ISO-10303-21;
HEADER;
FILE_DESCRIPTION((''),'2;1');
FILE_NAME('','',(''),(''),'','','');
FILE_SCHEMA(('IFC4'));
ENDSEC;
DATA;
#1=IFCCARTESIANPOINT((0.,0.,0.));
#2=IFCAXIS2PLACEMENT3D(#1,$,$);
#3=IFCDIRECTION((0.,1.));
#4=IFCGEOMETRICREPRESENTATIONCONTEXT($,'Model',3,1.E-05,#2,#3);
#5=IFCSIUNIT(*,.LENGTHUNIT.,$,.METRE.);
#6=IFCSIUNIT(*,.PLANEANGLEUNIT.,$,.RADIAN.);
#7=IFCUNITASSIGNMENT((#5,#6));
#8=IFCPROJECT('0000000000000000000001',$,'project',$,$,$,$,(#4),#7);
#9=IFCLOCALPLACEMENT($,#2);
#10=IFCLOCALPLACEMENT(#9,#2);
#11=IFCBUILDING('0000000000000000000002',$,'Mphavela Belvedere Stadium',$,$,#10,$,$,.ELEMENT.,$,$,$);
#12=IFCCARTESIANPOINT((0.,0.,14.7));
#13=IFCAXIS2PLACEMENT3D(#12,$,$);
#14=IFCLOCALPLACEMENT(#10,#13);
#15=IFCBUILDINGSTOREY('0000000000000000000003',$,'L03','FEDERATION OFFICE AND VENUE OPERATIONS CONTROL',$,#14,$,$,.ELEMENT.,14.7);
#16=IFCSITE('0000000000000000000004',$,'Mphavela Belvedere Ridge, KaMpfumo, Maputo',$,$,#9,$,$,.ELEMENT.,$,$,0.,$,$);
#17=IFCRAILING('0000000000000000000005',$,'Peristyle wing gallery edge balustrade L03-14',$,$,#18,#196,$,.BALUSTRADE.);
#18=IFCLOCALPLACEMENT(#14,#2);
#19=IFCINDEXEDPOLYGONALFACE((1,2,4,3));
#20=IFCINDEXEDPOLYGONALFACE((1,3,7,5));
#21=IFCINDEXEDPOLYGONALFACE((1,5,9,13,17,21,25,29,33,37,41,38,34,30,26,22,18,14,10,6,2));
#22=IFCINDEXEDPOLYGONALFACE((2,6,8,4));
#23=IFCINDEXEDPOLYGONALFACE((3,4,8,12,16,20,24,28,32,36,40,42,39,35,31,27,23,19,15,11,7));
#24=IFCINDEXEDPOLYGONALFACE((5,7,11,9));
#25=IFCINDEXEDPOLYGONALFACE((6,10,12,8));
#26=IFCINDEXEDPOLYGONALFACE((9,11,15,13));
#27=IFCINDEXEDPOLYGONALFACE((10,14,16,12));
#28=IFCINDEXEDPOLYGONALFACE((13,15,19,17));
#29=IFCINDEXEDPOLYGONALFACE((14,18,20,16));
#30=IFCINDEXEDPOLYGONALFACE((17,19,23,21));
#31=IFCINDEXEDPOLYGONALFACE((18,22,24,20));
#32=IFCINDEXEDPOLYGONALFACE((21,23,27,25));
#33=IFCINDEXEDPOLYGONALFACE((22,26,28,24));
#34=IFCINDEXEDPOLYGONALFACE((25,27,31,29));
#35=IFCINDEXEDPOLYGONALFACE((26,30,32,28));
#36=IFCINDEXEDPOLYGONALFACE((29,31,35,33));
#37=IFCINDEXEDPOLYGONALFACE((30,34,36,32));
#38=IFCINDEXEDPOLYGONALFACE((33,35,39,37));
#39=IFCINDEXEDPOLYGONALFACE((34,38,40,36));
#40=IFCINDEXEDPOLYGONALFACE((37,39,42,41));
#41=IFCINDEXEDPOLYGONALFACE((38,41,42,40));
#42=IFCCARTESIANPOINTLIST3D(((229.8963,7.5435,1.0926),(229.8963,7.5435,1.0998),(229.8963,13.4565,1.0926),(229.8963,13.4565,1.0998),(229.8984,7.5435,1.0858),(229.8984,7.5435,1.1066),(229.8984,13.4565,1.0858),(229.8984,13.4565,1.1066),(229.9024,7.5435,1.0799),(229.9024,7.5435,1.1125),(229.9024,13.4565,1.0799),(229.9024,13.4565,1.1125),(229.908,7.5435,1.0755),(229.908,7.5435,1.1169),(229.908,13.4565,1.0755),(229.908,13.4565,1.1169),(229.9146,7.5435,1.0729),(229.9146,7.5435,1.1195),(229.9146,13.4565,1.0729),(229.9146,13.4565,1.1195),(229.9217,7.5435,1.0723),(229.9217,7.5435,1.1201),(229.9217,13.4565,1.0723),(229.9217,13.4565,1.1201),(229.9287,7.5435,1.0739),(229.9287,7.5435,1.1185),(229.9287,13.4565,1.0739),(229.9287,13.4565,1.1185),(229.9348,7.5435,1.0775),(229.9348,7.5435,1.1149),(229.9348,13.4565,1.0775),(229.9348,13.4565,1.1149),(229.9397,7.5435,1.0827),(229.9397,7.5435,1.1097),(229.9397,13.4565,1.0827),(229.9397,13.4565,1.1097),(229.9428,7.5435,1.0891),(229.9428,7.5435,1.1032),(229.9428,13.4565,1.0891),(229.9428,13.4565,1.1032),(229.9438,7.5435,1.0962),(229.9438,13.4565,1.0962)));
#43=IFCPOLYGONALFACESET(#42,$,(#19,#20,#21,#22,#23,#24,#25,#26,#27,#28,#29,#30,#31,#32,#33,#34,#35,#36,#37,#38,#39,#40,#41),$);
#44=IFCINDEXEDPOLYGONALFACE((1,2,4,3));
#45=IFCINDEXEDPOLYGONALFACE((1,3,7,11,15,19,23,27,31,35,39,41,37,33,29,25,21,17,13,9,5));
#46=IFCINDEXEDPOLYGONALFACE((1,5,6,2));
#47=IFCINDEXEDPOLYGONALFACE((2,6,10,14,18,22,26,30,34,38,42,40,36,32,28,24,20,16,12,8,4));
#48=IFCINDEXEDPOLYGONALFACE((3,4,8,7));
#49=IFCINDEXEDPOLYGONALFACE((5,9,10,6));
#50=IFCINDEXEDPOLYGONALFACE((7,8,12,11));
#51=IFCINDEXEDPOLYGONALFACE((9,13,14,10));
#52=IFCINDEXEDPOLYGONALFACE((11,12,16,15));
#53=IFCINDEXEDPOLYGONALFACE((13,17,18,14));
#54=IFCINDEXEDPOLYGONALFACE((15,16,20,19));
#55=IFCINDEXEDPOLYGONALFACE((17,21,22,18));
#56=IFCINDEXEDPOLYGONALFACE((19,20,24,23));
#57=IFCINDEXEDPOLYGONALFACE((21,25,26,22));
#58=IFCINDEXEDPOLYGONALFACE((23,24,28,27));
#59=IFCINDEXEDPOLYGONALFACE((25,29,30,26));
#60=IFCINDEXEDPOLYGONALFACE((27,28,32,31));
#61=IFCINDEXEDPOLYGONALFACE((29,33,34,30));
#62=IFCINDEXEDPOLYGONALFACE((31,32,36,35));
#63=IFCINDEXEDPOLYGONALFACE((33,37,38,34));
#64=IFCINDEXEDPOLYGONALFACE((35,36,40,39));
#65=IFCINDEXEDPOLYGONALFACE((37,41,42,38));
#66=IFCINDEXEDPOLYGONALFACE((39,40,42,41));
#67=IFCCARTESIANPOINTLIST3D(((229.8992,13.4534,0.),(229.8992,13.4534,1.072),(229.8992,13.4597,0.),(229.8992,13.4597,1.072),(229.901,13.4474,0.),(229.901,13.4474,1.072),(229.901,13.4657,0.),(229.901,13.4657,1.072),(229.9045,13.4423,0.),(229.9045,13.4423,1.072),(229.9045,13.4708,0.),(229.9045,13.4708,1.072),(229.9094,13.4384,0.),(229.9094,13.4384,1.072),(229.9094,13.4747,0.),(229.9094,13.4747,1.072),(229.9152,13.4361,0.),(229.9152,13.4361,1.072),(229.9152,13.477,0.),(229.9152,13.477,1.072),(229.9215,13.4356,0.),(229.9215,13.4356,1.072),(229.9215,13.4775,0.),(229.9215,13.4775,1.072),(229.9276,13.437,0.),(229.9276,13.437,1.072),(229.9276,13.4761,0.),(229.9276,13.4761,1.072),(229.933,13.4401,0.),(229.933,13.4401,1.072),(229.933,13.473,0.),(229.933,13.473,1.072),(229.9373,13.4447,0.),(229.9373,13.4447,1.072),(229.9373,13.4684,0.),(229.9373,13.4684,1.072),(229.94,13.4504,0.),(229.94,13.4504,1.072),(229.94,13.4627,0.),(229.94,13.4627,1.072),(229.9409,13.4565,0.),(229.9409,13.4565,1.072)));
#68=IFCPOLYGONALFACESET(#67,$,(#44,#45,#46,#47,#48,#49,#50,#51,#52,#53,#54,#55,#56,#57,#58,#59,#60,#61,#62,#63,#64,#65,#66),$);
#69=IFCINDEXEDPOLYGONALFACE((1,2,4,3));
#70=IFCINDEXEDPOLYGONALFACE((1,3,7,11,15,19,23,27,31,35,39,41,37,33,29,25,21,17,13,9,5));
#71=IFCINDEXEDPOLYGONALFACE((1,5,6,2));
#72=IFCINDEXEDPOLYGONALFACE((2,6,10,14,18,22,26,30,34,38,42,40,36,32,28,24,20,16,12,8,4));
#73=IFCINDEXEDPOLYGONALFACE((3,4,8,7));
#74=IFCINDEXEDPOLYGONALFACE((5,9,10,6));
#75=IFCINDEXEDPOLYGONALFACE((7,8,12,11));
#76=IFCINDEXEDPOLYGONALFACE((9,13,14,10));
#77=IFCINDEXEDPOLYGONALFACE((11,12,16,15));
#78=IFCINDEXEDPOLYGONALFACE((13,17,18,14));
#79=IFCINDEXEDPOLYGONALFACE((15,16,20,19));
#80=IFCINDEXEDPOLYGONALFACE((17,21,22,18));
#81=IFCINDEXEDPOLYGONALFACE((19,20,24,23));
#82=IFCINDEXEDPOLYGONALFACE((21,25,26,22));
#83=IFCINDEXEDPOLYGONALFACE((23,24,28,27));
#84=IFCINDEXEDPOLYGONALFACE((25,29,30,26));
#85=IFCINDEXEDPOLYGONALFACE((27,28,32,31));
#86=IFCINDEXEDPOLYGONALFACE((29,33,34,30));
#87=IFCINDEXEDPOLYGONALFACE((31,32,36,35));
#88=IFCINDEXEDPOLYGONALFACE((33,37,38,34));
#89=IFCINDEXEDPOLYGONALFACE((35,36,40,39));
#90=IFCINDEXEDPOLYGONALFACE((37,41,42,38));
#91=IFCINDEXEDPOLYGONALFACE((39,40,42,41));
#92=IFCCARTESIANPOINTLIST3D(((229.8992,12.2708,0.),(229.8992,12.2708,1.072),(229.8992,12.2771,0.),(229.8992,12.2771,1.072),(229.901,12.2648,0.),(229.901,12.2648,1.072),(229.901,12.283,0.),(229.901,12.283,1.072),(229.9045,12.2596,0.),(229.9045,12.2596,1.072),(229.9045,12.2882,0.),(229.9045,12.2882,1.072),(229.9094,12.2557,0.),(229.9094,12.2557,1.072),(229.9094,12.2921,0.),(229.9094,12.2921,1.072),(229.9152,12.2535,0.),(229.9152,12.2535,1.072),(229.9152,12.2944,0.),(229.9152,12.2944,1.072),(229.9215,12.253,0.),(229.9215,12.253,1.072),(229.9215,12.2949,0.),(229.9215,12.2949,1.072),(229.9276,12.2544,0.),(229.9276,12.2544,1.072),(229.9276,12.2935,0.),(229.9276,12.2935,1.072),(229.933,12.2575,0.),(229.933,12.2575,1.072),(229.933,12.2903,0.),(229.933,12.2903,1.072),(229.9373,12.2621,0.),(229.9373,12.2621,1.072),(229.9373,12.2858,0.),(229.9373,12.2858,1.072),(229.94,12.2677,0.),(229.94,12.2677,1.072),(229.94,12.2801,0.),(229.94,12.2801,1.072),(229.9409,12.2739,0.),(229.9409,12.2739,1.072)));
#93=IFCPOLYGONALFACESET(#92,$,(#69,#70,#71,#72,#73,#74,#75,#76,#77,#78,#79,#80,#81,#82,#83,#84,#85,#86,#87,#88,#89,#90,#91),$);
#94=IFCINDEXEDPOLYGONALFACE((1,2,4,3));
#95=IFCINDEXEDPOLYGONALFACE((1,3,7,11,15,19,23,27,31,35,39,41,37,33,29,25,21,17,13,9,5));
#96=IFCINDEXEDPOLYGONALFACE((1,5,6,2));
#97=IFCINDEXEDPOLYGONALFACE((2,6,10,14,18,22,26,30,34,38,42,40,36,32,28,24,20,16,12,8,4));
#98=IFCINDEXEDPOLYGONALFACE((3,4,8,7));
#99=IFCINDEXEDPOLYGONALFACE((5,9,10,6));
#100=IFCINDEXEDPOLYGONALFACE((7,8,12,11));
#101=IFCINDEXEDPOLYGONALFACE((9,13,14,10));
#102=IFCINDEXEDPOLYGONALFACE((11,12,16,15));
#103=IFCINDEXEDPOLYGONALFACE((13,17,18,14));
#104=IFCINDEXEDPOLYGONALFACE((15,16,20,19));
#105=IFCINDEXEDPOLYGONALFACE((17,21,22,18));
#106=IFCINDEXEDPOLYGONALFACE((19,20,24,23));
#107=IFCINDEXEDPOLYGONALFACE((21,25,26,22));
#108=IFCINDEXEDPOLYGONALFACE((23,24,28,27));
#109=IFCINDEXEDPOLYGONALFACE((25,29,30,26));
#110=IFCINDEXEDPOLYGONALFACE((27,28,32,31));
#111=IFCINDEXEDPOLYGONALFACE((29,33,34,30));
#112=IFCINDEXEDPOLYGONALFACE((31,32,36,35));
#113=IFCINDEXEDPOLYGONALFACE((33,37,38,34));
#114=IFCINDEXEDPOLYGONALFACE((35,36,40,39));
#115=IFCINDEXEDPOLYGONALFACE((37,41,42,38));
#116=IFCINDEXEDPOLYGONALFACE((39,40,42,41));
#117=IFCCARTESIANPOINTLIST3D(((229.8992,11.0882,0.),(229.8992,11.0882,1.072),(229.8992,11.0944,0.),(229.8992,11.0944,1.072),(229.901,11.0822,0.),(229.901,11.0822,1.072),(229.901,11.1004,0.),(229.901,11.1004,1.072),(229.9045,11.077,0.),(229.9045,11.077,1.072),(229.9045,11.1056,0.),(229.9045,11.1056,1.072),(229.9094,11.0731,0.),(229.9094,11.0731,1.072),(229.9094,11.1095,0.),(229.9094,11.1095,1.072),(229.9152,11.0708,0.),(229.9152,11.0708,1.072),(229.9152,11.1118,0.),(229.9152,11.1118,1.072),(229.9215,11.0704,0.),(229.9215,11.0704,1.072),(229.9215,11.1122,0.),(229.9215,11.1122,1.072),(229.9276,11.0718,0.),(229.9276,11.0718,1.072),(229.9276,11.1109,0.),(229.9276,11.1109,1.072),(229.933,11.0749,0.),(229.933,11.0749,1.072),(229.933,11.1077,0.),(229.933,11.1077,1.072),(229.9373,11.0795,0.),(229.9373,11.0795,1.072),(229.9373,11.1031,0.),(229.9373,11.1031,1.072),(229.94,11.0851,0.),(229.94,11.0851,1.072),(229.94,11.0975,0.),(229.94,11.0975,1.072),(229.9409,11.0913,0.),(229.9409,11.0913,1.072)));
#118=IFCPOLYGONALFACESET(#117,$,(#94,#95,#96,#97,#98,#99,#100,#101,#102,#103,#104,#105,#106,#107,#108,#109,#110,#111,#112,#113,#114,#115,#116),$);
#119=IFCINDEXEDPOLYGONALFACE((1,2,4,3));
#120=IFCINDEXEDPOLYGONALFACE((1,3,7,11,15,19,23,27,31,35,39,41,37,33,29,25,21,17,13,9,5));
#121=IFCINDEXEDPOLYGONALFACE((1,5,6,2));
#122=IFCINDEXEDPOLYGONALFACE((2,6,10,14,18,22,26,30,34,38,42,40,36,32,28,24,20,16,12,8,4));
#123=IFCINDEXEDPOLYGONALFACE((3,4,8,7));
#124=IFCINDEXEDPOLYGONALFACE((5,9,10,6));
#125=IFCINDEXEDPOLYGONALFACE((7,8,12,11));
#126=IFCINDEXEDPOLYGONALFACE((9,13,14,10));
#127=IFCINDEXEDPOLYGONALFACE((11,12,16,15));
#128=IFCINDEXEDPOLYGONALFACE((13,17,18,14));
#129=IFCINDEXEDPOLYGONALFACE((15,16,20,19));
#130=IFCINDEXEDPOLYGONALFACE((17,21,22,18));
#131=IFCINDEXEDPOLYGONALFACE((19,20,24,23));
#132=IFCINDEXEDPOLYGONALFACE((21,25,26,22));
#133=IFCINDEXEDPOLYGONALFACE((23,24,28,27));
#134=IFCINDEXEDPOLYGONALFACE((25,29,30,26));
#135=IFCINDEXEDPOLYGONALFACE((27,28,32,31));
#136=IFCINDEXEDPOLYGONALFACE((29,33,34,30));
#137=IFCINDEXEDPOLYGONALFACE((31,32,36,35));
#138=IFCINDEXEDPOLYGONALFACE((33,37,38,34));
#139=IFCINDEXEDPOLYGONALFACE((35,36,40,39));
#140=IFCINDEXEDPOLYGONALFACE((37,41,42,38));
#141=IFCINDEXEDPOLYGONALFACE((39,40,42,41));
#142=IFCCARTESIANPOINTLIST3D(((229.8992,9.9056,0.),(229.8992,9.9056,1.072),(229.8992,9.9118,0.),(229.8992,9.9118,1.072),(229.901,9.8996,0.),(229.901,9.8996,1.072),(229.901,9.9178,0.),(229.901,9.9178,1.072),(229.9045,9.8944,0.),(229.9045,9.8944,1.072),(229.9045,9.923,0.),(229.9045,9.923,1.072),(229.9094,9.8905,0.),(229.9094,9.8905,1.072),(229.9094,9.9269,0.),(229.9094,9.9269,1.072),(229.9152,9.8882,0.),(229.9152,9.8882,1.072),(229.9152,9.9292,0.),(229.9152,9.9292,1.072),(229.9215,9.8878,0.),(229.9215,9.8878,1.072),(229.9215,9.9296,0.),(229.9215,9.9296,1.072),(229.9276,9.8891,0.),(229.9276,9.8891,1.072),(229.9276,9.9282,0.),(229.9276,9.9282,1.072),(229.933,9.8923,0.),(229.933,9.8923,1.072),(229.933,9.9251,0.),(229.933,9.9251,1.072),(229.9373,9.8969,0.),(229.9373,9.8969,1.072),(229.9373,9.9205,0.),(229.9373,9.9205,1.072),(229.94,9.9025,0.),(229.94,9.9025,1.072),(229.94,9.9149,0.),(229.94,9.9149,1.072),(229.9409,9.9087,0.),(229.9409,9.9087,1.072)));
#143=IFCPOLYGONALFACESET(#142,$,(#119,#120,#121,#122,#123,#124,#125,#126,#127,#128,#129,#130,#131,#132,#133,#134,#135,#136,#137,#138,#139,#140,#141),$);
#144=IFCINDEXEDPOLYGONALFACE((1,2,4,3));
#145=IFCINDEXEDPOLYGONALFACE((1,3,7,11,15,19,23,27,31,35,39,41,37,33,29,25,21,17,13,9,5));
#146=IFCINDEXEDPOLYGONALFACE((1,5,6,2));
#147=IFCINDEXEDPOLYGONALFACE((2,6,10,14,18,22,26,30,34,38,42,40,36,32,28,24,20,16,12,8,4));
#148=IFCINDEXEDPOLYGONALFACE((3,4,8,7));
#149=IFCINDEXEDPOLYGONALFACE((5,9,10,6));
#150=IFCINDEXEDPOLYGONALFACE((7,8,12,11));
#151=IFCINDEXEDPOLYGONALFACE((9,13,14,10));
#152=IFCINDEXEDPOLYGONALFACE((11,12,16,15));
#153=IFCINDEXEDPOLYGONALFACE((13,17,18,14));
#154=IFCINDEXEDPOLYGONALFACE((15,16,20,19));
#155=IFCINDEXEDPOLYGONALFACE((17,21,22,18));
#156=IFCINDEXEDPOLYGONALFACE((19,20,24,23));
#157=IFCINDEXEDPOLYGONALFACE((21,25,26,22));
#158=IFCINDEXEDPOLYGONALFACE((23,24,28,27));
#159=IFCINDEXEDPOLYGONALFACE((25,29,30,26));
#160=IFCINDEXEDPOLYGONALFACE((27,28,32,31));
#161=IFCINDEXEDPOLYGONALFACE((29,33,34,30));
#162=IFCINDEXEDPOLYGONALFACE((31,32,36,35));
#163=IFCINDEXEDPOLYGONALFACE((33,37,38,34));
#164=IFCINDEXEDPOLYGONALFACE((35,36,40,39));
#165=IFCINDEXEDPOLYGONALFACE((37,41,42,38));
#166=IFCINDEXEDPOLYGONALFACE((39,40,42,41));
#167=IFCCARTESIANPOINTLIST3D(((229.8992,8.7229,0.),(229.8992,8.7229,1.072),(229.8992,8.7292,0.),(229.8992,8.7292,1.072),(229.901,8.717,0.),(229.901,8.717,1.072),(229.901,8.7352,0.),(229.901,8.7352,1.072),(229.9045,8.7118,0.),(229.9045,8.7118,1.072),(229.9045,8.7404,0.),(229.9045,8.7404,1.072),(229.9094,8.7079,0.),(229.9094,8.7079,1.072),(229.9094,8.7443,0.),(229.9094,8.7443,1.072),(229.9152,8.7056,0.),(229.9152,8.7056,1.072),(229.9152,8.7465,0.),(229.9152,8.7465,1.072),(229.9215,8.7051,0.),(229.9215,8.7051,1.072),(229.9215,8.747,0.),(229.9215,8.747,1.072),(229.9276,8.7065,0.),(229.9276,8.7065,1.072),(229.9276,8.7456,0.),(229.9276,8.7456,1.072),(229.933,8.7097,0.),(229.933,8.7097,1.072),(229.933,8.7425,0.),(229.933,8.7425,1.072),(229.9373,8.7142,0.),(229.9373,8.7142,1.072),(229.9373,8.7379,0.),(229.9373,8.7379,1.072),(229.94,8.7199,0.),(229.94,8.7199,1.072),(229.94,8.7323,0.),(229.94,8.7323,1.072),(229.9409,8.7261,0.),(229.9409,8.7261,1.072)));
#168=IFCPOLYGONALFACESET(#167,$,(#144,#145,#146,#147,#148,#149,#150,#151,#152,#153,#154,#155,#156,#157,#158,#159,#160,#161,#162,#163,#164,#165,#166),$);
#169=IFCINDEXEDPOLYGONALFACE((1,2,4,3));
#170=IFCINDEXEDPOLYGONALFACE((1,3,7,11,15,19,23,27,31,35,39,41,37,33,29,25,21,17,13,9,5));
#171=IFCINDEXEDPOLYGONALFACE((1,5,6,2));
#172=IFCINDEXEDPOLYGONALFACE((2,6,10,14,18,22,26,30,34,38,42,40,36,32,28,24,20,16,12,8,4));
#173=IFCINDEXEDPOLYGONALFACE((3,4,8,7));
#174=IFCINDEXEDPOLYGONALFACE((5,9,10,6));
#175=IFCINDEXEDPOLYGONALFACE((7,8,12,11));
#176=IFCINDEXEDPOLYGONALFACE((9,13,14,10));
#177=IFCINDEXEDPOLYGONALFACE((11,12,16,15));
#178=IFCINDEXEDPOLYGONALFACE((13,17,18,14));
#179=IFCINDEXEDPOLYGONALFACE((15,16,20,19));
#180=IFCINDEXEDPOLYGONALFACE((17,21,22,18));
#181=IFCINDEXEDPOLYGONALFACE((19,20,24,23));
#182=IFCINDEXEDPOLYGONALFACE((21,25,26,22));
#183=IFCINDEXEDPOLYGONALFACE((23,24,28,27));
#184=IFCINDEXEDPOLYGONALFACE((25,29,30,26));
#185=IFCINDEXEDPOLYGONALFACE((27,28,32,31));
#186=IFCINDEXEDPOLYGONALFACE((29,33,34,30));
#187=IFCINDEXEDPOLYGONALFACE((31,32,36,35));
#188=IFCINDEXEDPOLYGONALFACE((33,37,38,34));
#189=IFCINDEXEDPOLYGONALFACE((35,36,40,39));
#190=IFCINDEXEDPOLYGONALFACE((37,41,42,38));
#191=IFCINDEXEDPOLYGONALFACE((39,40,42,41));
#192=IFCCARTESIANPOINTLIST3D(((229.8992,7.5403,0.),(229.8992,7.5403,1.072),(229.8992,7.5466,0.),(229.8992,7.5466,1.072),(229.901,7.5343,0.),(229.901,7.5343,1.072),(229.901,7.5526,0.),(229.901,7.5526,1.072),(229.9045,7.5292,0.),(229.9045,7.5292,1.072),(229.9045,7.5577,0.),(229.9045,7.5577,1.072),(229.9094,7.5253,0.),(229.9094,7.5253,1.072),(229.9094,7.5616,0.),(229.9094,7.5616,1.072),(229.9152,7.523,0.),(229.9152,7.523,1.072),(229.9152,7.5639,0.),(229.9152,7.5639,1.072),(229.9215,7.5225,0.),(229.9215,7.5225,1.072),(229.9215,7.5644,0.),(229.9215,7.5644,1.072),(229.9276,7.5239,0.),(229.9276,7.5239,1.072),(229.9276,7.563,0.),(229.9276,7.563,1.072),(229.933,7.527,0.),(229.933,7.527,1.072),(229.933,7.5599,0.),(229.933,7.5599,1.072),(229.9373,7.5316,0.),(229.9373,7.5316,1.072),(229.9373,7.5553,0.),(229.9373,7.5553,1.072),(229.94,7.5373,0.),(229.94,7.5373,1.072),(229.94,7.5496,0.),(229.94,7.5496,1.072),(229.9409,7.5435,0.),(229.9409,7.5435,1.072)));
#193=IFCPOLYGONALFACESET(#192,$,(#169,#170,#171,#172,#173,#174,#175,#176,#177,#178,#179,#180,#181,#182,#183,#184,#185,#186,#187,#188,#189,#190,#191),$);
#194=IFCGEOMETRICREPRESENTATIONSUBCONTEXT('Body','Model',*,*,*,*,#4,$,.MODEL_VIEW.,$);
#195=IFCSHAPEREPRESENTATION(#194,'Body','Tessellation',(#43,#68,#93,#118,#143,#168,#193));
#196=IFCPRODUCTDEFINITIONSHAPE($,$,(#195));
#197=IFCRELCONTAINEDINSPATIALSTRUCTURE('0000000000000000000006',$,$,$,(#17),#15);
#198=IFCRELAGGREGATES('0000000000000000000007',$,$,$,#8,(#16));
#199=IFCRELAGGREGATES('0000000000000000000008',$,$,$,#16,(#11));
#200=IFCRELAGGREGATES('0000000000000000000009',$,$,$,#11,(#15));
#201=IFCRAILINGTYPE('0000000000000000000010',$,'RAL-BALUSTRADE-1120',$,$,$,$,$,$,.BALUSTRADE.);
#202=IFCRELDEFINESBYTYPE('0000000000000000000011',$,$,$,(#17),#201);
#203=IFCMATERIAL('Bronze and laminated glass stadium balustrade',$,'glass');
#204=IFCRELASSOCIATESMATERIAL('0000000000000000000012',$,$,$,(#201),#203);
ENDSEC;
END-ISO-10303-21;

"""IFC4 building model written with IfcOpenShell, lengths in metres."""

from ifc_helpers import new_model, si_unit, direction, frame, origin, origin_2d, place, context, subcontext, project, spatial, circle, extrude, material, type_object, element, save


model = new_model("IFC4")

# Units and contexts
model_context = context("Model", 3, precision=1e-05, world=origin(), true_north=direction((0.0, 1.0)))
body_context = subcontext(model_context, "Body", "Model", "MODEL_VIEW")
ifc_project = project(units=[si_unit("LENGTHUNIT", "METRE"), si_unit("PLANEANGLEUNIT", "RADIAN")], contexts=[model_context])

# Site, building, storey
site_placement = place(None, origin())
site = spatial("IfcSite", under=ifc_project, at=site_placement, Name="Mphavela Belvedere Ridge, KaMpfumo, Maputo", CompositionType="ELEMENT", RefElevation=0.0)
building_placement = place(site_placement, origin())
building = spatial("IfcBuilding", under=site, at=building_placement, Name="Mphavela Belvedere Stadium", CompositionType="ELEMENT")
storey_placement = place(building_placement, frame((0.0, 0.0, 14.7)))
storey = spatial("IfcBuildingStorey", under=building, at=storey_placement, Name="L03", Description="FEDERATION OFFICE AND VENUE OPERATIONS CONTROL", CompositionType="ELEMENT", Elevation=14.7)

# Railing
ifc_material_1 = material(Name="Bronze and laminated glass stadium balustrade", Category="glass")
railing_type = type_object("IfcRailingType", Name="RAL-BALUSTRADE-1120", PredefinedType="BALUSTRADE", material=ifc_material_1)
for number, where, name in (
    (1, (229.9199, 13.4565, 0.0), "Peristyle wing gallery edge balustrade L03-14"),
):
    element("IfcRailing", number, at=place(storey_placement, frame(where)), inside=storey, type_object=railing_type, Name=name, PredefinedType="BALUSTRADE", context=body_context, shape_type="SweptSolid", body=[
        extrude(circle(Radius=0.0239, at=origin_2d()), frame((0.0, 0.0, 1.0962), z_axis=(0.0, -1.0, 0.0), x_axis=(1.0, 0.0, 0.0)), (0.0, 0.0, 1.0), 5.9131),
        extrude(circle(Radius=0.021, at=origin_2d()), origin(), (0.0, 0.0, 1.0), 1.072),
        extrude(circle(Radius=0.021, at=origin_2d()), frame((0.0, -1.1826, 0.0)), (0.0, 0.0, 1.0), 1.072),
        extrude(circle(Radius=0.021, at=origin_2d()), frame((0.0, -2.3652, 0.0)), (0.0, 0.0, 1.0), 1.072),
        extrude(circle(Radius=0.021, at=origin_2d()), frame((0.0, -3.5479, 0.0)), (0.0, 0.0, 1.0), 1.072),
        extrude(circle(Radius=0.021, at=origin_2d()), frame((0.0, -4.7305, 0.0)), (0.0, 0.0, 1.0), 1.072),
        extrude(circle(Radius=0.021, at=origin_2d()), frame((0.0, -5.9131, 0.0)), (0.0, 0.0, 1.0), 1.072),
    ])

save(model, "model.ifc")
